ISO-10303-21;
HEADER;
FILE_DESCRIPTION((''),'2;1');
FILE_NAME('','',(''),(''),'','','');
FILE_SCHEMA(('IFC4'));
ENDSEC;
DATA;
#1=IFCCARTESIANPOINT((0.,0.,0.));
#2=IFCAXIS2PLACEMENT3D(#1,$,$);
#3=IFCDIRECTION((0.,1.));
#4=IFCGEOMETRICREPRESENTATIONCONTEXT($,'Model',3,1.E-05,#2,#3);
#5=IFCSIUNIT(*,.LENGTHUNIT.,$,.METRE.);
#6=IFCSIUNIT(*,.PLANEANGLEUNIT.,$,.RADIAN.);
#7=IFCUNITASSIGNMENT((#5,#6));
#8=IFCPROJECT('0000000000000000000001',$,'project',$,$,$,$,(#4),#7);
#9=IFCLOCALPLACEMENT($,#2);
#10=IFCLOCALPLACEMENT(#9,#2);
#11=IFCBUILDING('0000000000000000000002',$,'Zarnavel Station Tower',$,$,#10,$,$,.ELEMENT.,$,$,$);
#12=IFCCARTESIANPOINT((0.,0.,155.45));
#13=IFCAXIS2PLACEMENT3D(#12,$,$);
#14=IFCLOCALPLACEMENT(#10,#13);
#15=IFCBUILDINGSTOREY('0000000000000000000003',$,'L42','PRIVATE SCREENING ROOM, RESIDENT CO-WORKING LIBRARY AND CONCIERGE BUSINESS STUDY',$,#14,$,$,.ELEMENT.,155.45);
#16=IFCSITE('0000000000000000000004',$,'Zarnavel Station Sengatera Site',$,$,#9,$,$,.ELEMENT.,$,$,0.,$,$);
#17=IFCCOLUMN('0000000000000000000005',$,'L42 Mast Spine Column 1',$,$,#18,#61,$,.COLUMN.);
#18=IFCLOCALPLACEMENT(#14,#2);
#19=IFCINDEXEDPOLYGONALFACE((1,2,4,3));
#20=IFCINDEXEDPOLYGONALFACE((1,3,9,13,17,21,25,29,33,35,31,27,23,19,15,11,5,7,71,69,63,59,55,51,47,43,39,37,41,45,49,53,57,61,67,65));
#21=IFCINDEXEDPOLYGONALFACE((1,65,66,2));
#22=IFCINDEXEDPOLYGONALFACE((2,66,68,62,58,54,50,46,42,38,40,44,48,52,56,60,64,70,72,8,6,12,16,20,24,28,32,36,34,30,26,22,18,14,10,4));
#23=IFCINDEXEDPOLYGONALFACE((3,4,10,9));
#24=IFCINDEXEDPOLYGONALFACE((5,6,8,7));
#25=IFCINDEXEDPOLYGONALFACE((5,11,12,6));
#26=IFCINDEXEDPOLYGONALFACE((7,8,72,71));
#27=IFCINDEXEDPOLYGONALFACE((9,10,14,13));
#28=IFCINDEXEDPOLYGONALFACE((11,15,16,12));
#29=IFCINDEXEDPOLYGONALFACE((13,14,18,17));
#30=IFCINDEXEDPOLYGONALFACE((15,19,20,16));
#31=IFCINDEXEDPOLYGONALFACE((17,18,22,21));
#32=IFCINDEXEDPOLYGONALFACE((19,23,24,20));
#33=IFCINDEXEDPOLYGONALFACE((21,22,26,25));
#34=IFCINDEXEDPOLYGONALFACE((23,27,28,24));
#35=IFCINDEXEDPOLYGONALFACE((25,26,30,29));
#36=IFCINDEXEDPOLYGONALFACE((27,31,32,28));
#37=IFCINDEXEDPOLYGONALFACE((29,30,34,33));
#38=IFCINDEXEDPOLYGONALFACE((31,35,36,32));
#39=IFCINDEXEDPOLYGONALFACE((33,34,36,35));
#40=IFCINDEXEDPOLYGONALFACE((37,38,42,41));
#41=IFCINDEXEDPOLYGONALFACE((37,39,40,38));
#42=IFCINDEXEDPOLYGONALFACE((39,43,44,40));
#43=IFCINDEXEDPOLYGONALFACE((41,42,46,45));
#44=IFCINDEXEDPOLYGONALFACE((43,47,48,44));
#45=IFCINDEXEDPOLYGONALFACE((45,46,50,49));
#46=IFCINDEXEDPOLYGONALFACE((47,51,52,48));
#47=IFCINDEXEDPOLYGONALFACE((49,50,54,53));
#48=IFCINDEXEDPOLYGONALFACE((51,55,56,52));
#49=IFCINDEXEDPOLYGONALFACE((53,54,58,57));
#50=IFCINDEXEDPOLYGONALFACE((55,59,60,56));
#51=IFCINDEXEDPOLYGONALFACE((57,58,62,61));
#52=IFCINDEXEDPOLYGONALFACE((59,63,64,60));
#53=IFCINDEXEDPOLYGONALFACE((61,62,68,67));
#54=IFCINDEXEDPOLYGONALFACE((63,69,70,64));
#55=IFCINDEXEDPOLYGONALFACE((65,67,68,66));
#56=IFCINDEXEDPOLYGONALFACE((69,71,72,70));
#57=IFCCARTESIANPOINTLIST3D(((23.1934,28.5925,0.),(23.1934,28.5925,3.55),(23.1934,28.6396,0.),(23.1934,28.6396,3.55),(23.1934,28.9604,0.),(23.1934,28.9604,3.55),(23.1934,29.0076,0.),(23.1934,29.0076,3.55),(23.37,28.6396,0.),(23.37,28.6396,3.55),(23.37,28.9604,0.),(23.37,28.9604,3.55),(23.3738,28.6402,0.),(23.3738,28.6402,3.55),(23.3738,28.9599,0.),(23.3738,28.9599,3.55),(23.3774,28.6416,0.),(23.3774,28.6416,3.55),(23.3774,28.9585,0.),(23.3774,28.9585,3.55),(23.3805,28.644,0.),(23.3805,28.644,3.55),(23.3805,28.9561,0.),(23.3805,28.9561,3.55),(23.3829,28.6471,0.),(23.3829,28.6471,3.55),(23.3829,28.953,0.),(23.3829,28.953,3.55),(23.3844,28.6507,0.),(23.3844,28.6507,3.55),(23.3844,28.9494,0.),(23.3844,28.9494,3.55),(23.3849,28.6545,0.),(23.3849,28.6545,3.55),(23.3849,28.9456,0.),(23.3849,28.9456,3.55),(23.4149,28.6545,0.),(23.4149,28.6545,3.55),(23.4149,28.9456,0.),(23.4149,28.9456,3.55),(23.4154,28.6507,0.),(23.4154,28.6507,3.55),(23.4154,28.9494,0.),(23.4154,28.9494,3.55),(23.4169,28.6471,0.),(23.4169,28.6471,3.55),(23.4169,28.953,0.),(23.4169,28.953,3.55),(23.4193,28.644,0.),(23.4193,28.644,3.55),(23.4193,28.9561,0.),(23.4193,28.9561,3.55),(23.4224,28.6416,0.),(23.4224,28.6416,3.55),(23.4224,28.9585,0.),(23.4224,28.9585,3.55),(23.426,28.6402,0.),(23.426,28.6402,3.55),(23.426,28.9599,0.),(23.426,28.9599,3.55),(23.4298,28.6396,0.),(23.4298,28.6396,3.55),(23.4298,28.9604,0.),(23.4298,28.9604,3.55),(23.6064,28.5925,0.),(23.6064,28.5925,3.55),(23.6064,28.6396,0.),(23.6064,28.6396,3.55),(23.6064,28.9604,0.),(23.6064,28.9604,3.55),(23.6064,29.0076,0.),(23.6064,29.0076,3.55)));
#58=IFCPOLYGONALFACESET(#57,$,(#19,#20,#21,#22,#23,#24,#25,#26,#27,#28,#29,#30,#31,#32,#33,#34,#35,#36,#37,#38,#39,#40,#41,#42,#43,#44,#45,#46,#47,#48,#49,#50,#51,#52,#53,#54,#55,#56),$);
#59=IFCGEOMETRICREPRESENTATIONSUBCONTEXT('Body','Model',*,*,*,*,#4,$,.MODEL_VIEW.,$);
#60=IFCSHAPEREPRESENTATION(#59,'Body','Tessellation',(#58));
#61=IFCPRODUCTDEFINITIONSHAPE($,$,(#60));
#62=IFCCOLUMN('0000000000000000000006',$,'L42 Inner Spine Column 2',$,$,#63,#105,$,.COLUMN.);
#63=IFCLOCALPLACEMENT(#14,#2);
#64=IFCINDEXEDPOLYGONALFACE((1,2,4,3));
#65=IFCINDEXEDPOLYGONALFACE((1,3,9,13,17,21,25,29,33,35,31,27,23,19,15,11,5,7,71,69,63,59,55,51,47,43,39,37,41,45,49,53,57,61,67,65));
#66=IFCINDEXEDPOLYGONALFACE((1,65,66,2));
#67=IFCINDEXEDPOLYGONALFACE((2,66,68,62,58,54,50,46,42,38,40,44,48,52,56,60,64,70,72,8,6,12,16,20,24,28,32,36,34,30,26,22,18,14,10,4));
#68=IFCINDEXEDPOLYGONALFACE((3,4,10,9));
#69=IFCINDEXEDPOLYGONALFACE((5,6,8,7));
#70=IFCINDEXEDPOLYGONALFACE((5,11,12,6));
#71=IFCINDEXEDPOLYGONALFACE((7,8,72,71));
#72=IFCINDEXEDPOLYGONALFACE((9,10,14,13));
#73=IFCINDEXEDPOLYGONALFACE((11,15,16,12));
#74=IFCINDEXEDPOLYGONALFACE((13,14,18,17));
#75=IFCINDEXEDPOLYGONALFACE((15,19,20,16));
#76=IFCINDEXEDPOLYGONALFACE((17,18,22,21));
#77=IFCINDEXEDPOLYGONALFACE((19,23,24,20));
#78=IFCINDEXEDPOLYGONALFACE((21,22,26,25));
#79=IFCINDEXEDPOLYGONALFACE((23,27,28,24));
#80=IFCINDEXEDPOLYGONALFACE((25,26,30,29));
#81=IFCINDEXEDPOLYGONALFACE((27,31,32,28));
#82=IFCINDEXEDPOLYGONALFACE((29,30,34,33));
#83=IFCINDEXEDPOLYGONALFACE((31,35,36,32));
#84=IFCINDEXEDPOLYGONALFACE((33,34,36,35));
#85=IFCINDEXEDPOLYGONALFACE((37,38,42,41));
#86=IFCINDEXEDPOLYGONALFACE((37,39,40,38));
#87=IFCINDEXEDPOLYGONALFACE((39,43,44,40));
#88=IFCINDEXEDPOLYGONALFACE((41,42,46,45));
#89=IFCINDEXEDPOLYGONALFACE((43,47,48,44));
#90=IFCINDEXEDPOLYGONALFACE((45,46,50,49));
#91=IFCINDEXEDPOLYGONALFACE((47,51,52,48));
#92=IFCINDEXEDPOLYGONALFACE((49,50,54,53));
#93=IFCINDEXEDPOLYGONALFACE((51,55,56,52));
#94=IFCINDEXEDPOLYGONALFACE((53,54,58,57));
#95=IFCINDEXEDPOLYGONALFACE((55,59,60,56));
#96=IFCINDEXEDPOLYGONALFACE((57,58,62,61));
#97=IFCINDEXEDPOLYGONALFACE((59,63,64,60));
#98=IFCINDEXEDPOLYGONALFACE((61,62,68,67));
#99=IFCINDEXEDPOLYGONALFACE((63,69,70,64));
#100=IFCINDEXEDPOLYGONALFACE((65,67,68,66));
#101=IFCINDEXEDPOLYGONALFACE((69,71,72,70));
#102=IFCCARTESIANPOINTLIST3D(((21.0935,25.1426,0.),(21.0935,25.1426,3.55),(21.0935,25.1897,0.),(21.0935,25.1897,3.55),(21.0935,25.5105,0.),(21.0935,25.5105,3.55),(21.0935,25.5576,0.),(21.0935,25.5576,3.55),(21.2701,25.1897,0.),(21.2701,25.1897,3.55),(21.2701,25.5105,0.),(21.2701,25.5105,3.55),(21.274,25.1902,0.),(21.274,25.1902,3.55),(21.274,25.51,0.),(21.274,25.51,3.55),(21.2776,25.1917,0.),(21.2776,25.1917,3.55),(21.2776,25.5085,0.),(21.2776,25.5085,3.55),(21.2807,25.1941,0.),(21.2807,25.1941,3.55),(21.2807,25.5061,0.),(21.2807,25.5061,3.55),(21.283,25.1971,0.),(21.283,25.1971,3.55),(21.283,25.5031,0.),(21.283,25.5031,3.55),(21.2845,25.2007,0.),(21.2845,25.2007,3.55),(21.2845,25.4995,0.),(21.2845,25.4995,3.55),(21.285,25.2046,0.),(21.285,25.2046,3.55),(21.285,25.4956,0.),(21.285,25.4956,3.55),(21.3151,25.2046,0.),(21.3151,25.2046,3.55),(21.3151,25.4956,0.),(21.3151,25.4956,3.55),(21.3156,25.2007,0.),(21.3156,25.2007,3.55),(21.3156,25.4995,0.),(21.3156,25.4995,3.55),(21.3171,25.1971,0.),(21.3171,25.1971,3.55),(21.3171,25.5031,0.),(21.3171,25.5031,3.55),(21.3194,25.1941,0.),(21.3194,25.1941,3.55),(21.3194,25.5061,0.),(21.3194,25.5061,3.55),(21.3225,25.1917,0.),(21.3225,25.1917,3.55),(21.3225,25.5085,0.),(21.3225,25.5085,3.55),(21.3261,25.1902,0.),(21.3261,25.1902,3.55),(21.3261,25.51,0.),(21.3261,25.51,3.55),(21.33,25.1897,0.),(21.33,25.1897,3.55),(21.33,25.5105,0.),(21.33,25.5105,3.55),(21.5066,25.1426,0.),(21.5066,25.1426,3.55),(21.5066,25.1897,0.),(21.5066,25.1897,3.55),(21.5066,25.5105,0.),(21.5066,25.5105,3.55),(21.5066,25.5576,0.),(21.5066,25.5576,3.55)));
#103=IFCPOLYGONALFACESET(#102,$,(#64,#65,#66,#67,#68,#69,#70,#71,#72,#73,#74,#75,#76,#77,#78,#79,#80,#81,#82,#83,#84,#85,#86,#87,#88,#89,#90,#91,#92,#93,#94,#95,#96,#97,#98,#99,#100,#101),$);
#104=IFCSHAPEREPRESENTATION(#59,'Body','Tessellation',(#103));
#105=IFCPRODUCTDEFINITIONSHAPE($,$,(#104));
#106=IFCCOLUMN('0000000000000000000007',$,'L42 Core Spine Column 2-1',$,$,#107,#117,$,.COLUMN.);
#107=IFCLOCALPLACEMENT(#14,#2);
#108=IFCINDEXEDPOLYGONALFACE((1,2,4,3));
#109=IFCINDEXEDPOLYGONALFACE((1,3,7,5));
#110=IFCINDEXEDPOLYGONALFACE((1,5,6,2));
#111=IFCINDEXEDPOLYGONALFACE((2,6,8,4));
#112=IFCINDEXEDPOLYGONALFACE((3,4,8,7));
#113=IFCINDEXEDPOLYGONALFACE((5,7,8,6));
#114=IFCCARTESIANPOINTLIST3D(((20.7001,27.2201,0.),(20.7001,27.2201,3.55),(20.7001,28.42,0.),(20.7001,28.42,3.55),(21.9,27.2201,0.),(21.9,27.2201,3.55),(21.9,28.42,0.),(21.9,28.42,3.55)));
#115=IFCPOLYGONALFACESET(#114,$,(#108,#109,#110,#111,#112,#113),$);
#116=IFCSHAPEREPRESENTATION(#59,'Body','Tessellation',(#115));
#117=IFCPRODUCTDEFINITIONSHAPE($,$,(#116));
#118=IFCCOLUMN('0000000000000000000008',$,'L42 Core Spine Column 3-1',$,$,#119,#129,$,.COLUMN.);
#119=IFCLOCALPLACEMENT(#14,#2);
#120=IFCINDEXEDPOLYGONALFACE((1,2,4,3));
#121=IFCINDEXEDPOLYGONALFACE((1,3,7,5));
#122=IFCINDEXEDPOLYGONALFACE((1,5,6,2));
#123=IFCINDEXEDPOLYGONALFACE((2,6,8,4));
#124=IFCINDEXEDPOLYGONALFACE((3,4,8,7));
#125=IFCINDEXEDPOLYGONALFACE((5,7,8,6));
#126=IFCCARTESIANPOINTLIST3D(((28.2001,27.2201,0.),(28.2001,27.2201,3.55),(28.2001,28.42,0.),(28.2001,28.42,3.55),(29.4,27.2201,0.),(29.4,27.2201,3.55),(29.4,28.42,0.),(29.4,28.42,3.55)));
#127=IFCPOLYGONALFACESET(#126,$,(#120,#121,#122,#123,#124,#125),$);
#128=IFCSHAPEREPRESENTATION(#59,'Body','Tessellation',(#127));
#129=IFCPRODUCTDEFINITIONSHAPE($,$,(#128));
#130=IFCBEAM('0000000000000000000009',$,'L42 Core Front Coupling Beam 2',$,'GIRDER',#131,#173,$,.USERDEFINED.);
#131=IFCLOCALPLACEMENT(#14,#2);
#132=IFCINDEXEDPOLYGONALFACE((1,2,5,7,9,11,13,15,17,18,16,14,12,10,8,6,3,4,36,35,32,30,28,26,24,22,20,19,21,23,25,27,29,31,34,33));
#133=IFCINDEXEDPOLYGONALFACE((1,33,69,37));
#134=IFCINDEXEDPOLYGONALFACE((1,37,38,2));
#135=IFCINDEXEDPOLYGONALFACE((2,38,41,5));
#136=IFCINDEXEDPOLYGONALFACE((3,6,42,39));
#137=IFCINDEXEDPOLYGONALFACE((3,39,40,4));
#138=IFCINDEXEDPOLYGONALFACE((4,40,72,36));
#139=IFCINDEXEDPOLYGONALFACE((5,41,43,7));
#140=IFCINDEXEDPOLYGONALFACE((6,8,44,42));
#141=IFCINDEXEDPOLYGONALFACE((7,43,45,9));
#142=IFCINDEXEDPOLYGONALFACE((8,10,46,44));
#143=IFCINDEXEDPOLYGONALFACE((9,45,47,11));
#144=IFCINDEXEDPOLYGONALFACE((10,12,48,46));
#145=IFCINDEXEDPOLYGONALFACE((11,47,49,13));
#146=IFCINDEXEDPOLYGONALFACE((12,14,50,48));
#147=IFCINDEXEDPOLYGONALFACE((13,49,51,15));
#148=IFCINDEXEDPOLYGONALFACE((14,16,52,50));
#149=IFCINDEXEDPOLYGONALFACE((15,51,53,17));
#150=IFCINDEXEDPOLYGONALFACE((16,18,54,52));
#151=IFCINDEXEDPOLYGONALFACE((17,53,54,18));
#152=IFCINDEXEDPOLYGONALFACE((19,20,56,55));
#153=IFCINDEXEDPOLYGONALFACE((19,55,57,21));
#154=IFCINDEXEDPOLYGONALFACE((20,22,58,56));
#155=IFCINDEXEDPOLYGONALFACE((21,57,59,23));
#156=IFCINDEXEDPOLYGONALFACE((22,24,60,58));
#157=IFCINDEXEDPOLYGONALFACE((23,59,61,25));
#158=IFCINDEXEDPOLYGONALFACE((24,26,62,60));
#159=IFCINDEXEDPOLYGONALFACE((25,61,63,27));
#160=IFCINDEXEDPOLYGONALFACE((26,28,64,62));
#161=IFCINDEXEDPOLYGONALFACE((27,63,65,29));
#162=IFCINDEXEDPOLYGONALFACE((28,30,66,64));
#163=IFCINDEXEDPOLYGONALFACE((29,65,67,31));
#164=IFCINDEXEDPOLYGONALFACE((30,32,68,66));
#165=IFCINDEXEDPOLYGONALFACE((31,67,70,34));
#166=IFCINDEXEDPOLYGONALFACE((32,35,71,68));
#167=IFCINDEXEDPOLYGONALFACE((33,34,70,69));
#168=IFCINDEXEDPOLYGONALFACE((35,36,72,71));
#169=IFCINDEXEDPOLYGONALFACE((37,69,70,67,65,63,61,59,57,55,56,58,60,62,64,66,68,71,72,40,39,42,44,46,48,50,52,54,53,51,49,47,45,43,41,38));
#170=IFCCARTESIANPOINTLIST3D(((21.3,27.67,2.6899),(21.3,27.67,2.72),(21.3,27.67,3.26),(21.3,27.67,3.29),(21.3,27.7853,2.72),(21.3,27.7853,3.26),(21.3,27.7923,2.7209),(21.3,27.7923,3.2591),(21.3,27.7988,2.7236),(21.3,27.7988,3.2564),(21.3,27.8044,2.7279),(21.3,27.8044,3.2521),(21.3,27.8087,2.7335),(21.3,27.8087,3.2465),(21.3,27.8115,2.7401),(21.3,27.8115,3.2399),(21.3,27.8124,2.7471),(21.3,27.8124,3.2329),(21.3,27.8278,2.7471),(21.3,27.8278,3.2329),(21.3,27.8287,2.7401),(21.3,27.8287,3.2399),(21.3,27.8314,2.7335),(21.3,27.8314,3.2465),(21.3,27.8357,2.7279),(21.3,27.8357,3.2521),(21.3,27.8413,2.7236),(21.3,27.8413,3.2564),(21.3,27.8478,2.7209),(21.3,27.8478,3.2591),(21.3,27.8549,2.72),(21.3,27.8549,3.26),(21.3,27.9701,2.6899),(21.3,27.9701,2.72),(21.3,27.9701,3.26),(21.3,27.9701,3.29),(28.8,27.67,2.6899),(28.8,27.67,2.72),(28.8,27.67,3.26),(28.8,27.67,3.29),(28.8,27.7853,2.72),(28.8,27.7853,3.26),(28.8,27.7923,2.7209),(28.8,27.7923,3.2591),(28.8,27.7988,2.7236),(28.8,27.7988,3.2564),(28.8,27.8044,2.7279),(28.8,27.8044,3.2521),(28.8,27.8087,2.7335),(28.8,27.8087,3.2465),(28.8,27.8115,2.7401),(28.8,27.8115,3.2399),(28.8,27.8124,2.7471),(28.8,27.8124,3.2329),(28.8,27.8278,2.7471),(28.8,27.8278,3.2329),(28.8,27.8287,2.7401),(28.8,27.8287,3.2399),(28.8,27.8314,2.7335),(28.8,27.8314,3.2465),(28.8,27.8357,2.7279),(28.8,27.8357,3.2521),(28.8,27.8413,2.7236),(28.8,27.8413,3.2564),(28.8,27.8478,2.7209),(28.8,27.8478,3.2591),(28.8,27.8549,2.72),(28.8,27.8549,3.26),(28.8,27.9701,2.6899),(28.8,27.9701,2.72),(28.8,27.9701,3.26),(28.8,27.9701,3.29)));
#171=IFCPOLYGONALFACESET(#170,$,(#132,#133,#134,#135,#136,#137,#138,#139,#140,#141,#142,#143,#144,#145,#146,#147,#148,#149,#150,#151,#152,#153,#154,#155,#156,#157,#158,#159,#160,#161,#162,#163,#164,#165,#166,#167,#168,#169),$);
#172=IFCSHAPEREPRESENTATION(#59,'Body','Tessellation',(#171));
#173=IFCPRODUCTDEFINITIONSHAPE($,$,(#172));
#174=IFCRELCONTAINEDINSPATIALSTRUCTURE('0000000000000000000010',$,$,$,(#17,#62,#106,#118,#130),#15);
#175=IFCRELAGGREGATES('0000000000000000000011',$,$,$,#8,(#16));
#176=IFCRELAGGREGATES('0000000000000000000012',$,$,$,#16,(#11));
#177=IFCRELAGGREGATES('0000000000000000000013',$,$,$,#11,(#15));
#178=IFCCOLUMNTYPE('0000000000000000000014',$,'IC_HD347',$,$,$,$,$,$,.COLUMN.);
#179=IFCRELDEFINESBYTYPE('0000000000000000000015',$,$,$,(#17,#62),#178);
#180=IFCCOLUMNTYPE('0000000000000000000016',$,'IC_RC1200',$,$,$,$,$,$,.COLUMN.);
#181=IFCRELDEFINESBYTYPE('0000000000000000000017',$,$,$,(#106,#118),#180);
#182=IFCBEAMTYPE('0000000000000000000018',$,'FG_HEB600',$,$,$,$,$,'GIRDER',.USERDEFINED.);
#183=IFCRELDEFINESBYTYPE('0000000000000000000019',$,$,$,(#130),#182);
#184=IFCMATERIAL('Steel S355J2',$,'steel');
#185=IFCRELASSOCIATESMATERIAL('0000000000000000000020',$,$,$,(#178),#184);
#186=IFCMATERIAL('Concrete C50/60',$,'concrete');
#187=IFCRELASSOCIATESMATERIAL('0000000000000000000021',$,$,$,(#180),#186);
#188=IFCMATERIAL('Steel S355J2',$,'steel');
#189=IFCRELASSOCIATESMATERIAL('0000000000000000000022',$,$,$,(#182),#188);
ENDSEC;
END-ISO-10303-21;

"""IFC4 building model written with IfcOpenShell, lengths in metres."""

from ifc_helpers import new_model, si_unit, direction, frame, origin, origin_2d, place, context, subcontext, project, spatial, rectangle, i_section, extrude, material, material_profile, profile_set, type_object, element, save


model = new_model("IFC4")

# Units and contexts
model_context = context("Model", 3, precision=1e-05, world=origin(), true_north=direction((0.0, 1.0)))
body_context = subcontext(model_context, "Body", "Model", "MODEL_VIEW")
ifc_project = project(units=[si_unit("LENGTHUNIT", "METRE"), si_unit("PLANEANGLEUNIT", "RADIAN")], contexts=[model_context])

# Site, building, storey
site_placement = place(None, origin())
site = spatial("IfcSite", under=ifc_project, at=site_placement, Name="Zarnavel Station Sengatera Site", CompositionType="ELEMENT", RefElevation=0.0)
building_placement = place(site_placement, origin())
building = spatial("IfcBuilding", under=site, at=building_placement, Name="Zarnavel Station Tower", CompositionType="ELEMENT")
storey_placement = place(building_placement, frame((0.0, 0.0, 155.45)))
storey = spatial("IfcBuildingStorey", under=building, at=storey_placement, Name="L42", Description="PRIVATE SCREENING ROOM, RESIDENT CO-WORKING LIBRARY AND CONCIERGE BUSINESS STUDY", CompositionType="ELEMENT", Elevation=155.45)

# Columns
ifc_material_1 = material(Name="Steel S355J2", Category="steel")
ifc_material_profile_1 = material_profile(ifc_material_1, i_section(OverallWidth=0.4131, OverallDepth=0.415, WebThickness=0.03, FlangeThickness=0.0471, FilletRadius=0.0149, at=origin_2d()), Name="HD400x347")
ifc_profile_set_1 = profile_set([ifc_material_profile_1], Name="Steel S355J2")
column_type_1 = type_object("IfcColumnType", Name="IC_HD347", PredefinedType="COLUMN", material=ifc_profile_set_1)
for number, where, z_axis, x_axis, name in (
    (1, (23.3999, 28.8, 0.0), (0.0, 0.0, 1.0), (1.0, 0.0, 0.0), "L42 Mast Spine Column 1"),
    (2, (21.3, 25.3501, 0.0), (0.0, 0.0, 1.0), (1.0, 0.0, 0.0), "L42 Inner Spine Column 2"),
):
    element("IfcColumn", number, at=place(storey_placement, frame(where, z_axis=z_axis, x_axis=x_axis)), inside=storey, type_object=column_type_1, Name=name, PredefinedType="COLUMN", context=body_context, shape_type="SweptSolid", body=[
        extrude(i_section(OverallWidth=0.4131, OverallDepth=0.415, WebThickness=0.03, FlangeThickness=0.0471, FilletRadius=0.0149, at=origin_2d()), origin(), (0.0, 0.0, 1.0), 3.55),
    ])
ifc_material_2 = material(Name="Concrete C50/60", Category="concrete")
ifc_material_profile_2 = material_profile(ifc_material_2, rectangle(XDim=1.2, YDim=1.2, at=origin_2d()), Name="RC1200x1200")
ifc_profile_set_2 = profile_set([ifc_material_profile_2], Name="Concrete C50/60")
column_type_2 = type_object("IfcColumnType", Name="IC_RC1200", PredefinedType="COLUMN", material=ifc_profile_set_2)
for number, where, z_axis, x_axis, name in (
    (3, (21.3, 27.8201, 0.0), (0.0, 0.0, 1.0), (1.0, 0.0, 0.0), "L42 Core Spine Column 2-1"),
    (4, (28.8, 27.8201, 0.0), (0.0, 0.0, 1.0), (1.0, 0.0, 0.0), "L42 Core Spine Column 3-1"),
):
    element("IfcColumn", number, at=place(storey_placement, frame(where, z_axis=z_axis, x_axis=x_axis)), inside=storey, type_object=column_type_2, Name=name, PredefinedType="COLUMN", context=body_context, shape_type="SweptSolid", body=[
        extrude(rectangle(XDim=1.2, YDim=1.2, at=origin_2d()), origin(), (0.0, 0.0, 1.0), 3.55),
    ])

# Beam
ifc_material_3 = material(Name="Steel S355J2", Category="steel")
ifc_material_profile_3 = material_profile(ifc_material_3, i_section(OverallWidth=0.3, OverallDepth=0.6001, WebThickness=0.0154, FlangeThickness=0.03, FilletRadius=0.0271, at=origin_2d()), Name="HEB600")
ifc_profile_set_3 = profile_set([ifc_material_profile_3], Name="Steel S355J2")
beam_type_1 = type_object("IfcBeamType", Name="FG_HEB600", ElementType="GIRDER", PredefinedType="USERDEFINED", material=ifc_profile_set_3)
beam_1_placement = place(storey_placement, frame((21.3, 27.8201, 2.99), z_axis=(1.0, 0.0, 0.0), x_axis=(0.0, 1.0, 0.0)))
element("IfcBeam", 5, at=beam_1_placement, inside=storey, type_object=beam_type_1, Name="L42 Core Front Coupling Beam 2", ObjectType="GIRDER", PredefinedType="USERDEFINED", context=body_context, shape_type="SweptSolid", body=[
    extrude(i_section(OverallWidth=0.3, OverallDepth=0.6001, WebThickness=0.0154, FlangeThickness=0.03, FilletRadius=0.0271, at=origin_2d()), origin(), (0.0, 0.0, 1.0), 7.5),
])

save(model, "model.ifc")
